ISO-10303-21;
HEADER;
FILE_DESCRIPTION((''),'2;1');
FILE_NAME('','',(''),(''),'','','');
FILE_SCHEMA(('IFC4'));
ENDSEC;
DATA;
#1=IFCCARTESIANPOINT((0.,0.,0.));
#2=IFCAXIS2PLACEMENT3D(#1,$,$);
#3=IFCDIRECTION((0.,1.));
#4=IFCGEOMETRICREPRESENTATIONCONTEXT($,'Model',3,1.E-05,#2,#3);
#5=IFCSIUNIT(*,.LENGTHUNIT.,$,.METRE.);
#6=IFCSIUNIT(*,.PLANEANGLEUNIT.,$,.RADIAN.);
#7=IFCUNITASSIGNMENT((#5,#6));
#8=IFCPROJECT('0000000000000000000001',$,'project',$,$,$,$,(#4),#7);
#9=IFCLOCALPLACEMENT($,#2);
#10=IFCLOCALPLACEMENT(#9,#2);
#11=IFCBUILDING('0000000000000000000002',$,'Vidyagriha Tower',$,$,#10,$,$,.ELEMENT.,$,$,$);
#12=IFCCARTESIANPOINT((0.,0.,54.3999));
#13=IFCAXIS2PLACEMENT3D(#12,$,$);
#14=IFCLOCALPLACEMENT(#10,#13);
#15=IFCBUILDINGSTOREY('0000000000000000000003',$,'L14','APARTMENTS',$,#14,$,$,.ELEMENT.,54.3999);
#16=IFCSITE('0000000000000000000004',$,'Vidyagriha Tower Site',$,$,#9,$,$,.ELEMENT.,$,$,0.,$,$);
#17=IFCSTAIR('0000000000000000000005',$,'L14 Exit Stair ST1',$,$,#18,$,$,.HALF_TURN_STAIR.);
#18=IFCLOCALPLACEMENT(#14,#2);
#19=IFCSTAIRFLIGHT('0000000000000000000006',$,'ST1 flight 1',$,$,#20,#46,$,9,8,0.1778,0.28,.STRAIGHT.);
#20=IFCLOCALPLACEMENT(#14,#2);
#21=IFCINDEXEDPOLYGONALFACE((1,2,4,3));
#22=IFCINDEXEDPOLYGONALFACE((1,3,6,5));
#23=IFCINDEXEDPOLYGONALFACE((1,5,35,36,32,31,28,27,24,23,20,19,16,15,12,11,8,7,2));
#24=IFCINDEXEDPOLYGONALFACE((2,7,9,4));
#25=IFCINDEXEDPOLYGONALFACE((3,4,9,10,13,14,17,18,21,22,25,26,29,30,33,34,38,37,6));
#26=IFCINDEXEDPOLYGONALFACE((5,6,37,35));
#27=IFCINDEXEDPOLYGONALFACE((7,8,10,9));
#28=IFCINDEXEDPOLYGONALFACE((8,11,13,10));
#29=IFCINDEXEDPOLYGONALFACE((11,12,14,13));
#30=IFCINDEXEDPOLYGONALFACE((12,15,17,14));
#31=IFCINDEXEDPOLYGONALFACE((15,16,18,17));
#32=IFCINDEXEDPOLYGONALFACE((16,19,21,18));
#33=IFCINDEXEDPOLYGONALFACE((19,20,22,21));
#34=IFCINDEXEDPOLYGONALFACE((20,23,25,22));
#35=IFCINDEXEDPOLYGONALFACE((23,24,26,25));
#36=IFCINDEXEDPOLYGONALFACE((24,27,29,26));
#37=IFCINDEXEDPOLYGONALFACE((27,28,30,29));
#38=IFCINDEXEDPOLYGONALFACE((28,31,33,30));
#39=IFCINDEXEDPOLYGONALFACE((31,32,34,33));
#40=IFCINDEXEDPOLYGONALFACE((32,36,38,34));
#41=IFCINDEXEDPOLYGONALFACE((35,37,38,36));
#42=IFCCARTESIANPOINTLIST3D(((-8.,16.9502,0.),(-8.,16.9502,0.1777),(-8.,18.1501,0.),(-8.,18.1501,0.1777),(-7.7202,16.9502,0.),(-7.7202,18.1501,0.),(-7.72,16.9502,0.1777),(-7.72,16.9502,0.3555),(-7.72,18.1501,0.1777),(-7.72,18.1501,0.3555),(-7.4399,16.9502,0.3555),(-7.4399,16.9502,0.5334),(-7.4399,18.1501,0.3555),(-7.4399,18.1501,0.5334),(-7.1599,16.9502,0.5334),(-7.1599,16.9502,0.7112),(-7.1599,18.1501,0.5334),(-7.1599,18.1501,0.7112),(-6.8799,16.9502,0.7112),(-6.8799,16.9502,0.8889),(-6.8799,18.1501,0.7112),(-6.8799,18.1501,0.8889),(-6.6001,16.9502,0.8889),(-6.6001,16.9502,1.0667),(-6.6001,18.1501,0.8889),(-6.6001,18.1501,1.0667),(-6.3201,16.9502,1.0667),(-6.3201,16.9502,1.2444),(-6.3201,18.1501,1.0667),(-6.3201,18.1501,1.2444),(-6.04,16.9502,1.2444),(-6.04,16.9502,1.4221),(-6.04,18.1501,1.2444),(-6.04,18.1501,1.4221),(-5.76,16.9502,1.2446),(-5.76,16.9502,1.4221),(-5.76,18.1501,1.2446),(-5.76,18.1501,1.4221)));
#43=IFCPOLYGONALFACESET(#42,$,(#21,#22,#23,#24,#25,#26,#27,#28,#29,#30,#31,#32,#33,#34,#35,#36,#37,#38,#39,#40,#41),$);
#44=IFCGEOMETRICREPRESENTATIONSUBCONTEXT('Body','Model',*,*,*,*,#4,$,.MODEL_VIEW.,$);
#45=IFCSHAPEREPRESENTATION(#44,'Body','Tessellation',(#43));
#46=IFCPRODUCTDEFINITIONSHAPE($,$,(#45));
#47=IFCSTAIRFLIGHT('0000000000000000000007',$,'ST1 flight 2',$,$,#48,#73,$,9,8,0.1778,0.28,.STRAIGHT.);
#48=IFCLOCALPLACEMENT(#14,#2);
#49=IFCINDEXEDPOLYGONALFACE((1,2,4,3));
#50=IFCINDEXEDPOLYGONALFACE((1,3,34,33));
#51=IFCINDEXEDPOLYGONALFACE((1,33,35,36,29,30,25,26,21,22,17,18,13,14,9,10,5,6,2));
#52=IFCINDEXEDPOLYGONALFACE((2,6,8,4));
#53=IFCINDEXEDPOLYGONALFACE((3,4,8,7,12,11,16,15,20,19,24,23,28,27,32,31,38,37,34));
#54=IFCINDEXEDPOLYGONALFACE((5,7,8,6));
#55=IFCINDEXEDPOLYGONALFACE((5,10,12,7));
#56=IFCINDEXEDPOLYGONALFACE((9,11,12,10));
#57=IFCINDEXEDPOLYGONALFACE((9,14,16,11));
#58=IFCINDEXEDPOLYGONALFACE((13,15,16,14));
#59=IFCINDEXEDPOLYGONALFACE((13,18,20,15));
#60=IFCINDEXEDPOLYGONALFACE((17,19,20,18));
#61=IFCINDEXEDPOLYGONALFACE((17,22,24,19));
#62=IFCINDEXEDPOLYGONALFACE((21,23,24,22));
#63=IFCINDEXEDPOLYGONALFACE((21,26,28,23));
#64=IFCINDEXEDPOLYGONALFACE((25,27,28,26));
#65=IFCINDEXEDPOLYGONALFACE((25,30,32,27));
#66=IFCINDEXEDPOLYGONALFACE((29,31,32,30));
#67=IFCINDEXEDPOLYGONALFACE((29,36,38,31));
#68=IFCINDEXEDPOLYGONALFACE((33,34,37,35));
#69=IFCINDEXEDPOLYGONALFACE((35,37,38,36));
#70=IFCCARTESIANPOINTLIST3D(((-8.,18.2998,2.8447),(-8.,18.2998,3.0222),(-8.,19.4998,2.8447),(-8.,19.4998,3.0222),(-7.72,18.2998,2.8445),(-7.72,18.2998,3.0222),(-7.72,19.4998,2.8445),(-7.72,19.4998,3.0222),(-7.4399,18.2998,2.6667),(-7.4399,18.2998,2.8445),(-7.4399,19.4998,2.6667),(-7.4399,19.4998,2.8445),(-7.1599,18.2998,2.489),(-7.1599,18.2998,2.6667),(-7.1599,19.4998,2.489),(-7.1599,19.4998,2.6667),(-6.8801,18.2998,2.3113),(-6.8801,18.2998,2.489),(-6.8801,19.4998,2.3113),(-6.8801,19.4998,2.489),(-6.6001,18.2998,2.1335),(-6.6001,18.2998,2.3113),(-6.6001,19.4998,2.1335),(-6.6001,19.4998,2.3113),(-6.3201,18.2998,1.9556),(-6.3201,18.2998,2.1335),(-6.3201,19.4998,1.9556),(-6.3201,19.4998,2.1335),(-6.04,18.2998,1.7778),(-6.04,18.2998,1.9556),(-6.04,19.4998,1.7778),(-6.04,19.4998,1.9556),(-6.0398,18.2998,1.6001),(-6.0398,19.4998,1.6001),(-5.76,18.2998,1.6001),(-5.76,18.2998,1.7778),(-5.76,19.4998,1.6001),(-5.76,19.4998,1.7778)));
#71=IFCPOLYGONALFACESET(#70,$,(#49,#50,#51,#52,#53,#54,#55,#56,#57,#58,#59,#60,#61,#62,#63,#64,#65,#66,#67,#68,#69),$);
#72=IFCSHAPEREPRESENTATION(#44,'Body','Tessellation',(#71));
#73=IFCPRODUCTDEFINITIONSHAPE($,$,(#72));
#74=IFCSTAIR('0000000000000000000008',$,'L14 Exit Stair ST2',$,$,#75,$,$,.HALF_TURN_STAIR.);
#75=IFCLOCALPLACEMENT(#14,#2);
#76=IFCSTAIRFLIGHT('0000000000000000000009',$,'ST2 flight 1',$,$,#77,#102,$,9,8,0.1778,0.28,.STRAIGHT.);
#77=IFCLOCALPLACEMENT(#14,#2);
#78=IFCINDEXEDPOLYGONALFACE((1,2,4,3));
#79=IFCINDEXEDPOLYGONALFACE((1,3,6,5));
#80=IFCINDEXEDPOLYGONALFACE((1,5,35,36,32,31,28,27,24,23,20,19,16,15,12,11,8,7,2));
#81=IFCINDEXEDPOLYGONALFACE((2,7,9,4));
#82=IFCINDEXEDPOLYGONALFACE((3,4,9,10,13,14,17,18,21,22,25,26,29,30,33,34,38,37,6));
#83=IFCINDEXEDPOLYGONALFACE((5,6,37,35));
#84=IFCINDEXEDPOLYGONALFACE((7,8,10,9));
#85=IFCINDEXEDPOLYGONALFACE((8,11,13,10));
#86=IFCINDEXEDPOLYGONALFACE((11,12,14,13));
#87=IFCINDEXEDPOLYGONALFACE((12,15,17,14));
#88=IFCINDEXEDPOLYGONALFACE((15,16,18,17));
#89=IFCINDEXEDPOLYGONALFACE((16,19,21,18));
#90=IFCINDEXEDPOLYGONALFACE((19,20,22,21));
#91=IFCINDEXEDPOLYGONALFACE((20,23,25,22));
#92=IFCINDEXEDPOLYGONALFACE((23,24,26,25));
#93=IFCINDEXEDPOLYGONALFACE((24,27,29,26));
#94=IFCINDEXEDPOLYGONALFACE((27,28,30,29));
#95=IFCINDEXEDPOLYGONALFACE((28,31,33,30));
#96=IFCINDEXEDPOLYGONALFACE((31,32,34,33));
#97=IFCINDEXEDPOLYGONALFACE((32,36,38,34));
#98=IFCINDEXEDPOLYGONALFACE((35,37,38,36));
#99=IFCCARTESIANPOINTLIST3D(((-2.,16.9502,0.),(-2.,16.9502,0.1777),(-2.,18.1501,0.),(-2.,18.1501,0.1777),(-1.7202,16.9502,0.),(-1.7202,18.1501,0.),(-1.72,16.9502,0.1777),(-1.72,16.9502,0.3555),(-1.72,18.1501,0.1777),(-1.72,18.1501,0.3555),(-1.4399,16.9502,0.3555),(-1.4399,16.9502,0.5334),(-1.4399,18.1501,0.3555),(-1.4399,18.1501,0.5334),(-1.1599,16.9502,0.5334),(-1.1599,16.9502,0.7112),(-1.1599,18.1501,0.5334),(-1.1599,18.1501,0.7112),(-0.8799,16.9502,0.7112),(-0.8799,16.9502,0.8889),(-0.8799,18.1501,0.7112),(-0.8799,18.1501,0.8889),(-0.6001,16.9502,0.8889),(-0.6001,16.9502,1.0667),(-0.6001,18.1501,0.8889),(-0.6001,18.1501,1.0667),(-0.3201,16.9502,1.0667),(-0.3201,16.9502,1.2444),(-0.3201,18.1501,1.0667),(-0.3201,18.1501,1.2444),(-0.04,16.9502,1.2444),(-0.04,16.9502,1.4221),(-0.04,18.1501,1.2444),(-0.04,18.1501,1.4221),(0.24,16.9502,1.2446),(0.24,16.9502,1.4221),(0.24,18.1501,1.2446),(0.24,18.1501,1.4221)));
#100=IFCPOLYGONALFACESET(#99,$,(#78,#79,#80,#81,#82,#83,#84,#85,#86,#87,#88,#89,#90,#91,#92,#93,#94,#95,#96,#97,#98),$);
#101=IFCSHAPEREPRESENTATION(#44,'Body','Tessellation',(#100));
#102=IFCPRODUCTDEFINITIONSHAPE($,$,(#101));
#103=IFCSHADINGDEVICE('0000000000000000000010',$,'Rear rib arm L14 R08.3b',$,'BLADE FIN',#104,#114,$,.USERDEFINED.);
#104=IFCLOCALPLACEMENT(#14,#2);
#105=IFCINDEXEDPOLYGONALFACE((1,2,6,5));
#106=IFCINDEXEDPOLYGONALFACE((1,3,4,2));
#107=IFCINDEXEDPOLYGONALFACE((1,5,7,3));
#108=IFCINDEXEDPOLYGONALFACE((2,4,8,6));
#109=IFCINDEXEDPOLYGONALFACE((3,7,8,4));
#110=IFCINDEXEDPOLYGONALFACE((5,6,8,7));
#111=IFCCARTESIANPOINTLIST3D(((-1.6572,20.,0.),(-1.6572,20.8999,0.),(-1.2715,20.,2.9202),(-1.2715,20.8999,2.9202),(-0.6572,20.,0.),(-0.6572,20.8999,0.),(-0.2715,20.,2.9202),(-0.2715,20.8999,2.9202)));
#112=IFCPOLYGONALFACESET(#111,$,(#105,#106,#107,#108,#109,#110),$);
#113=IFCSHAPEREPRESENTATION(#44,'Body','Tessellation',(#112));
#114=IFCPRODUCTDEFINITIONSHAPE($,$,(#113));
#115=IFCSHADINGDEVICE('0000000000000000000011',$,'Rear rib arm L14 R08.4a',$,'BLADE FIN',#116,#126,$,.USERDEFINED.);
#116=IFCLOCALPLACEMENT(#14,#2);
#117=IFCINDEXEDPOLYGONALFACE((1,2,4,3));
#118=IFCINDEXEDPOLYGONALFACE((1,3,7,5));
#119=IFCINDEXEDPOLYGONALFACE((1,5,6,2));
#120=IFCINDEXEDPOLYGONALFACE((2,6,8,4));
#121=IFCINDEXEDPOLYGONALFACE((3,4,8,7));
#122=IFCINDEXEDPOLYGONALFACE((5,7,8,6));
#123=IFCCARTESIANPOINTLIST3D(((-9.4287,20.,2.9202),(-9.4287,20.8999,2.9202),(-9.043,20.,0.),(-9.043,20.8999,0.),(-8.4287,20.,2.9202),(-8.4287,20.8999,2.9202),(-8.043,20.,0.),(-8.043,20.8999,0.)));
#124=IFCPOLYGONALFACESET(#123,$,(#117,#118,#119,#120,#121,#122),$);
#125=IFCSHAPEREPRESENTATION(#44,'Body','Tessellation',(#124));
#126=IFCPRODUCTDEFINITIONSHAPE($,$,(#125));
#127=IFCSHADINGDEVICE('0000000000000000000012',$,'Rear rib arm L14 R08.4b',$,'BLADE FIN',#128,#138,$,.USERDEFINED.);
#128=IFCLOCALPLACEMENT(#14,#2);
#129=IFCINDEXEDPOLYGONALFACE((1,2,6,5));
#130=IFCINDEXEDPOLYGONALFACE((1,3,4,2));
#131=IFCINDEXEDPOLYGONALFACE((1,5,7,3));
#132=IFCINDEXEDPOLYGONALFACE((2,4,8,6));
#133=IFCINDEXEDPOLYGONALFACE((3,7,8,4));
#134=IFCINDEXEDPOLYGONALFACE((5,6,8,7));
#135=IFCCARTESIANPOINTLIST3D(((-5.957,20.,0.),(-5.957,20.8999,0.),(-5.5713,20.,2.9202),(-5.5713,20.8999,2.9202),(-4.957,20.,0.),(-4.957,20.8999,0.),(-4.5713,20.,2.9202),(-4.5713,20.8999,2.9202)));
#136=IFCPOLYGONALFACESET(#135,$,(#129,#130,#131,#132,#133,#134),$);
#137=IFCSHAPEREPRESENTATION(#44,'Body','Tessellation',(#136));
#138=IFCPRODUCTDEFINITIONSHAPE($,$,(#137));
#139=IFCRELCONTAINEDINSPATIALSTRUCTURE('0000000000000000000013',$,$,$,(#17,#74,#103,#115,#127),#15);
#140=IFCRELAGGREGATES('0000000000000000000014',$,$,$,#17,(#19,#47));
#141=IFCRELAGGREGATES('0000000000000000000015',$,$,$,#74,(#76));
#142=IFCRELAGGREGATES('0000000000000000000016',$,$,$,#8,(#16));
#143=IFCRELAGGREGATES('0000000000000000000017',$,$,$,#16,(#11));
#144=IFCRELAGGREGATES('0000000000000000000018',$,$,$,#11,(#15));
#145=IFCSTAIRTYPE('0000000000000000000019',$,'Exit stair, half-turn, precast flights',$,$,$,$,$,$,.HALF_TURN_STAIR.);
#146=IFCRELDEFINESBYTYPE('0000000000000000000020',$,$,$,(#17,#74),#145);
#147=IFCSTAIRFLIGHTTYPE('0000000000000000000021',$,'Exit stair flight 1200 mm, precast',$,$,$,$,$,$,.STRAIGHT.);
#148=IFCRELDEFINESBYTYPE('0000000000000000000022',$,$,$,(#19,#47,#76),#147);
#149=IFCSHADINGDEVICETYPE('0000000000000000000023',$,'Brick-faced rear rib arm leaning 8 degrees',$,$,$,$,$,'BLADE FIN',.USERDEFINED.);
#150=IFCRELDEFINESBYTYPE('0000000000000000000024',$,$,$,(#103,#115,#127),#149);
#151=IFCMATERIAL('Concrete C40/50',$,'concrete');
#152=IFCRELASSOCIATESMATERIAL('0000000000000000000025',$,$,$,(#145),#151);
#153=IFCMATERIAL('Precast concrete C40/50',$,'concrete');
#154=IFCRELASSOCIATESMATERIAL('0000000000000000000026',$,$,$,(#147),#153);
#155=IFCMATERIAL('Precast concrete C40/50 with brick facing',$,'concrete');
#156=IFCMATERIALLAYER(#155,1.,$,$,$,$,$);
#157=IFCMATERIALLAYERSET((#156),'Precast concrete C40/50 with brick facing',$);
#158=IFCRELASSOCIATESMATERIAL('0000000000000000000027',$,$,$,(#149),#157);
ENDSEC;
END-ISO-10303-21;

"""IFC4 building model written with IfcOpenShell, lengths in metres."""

from ifc_helpers import new_model, si_unit, direction, frame, origin, place, context, subcontext, project, spatial, polyline, outline, extrude, material, layer, layer_set, type_object, element, aggregate, save


model = new_model("IFC4")

# Units and contexts
model_context = context("Model", 3, precision=1e-05, world=origin(), true_north=direction((0.0, 1.0)))
body_context = subcontext(model_context, "Body", "Model", "MODEL_VIEW")
ifc_project = project(units=[si_unit("LENGTHUNIT", "METRE"), si_unit("PLANEANGLEUNIT", "RADIAN")], contexts=[model_context])

# Site, building, storey
site_placement = place(None, origin())
site = spatial("IfcSite", under=ifc_project, at=site_placement, Name="Vidyagriha Tower Site", CompositionType="ELEMENT", RefElevation=0.0)
building_placement = place(site_placement, origin())
building = spatial("IfcBuilding", under=site, at=building_placement, Name="Vidyagriha Tower", CompositionType="ELEMENT")
storey_placement = place(building_placement, frame((0.0, 0.0, 54.3999)))
storey = spatial("IfcBuildingStorey", under=building, at=storey_placement, Name="L14", Description="APARTMENTS", CompositionType="ELEMENT", Elevation=54.3999)

# Stair, stair flights
ifc_material_1 = material(Name="Concrete C40/50", Category="concrete")
stair_type = type_object("IfcStairType", Name="Exit stair, half-turn, precast flights", PredefinedType="HALF_TURN_STAIR", material=ifc_material_1)
stair_1_placement = place(storey_placement, origin())
stair_1 = element("IfcStair", 1, at=stair_1_placement, inside=storey, type_object=stair_type, Name="L14 Exit Stair ST1", PredefinedType="HALF_TURN_STAIR")
ifc_material_2 = material(Name="Precast concrete C40/50", Category="concrete")
stair_flight_type = type_object("IfcStairFlightType", Name="Exit stair flight 1200 mm, precast", PredefinedType="STRAIGHT", material=ifc_material_2)
stair_flight_1_placement = place(storey_placement, frame((-8.0, 17.55, 0.0)))
stair_flight_1 = element("IfcStairFlight", 2, at=stair_flight_1_placement, type_object=stair_flight_type, Name="ST1 flight 1", NumberOfRisers=9, NumberOfTreads=8, PredefinedType="STRAIGHT", RiserHeight=0.1778, TreadLength=0.28, context=body_context, shape_type="SweptSolid", body=[
    extrude(outline(polyline([(0.0, 0.0), (0.0, 0.1777), (0.28, 0.1777), (0.28, 0.3555), (0.5601, 0.3555), (0.5601, 0.5334), (0.8401, 0.5334), (0.8401, 0.7112), (1.1201, 0.7112), (1.1201, 0.8889), (1.3999, 0.8889), (1.3999, 1.0667), (1.6799, 1.0667), (1.6799, 1.2444), (1.96, 1.2444), (1.96, 1.4221), (2.24, 1.4221), (2.24, 1.6001), (2.24, 1.2446), (0.2798, 0.0), (0.0, 0.0)])), frame((0.0, 0.6001, 0.0), z_axis=(0.0, -1.0, 0.0), x_axis=(1.0, 0.0, 0.0)), (0.0, 0.0, 1.0), 1.2),
])
stair_flight_2_placement = place(storey_placement, frame((-5.76, 18.8999, 1.6001), z_axis=(0.0, 0.0, 1.0), x_axis=(-1.0, 0.0, 0.0)))
stair_flight_2 = element("IfcStairFlight", 3, at=stair_flight_2_placement, type_object=stair_flight_type, Name="ST1 flight 2", NumberOfRisers=9, NumberOfTreads=8, PredefinedType="STRAIGHT", RiserHeight=0.1778, TreadLength=0.28, context=body_context, shape_type="SweptSolid", body=[
    extrude(outline(polyline([(0.0, 0.0), (0.0, 0.1777), (0.28, 0.1777), (0.28, 0.3555), (0.5601, 0.3555), (0.5601, 0.5334), (0.8401, 0.5334), (0.8401, 0.7112), (1.1201, 0.7112), (1.1201, 0.8889), (1.3999, 0.8889), (1.3999, 1.0667), (1.6799, 1.0667), (1.6799, 1.2444), (1.96, 1.2444), (1.96, 1.4221), (2.24, 1.4221), (2.24, 1.6001), (2.24, 1.2446), (0.2798, 0.0), (0.0, 0.0)])), frame((0.0, 0.6001, 0.0), z_axis=(0.0, -1.0, 0.0), x_axis=(1.0, 0.0, 0.0)), (0.0, 0.0, 1.0), 1.2),
])
aggregate(stair_1, [stair_flight_1, stair_flight_2])

# Stair, stair flight
stair_2_placement = place(storey_placement, origin())
stair_2 = element("IfcStair", 4, at=stair_2_placement, inside=storey, type_object=stair_type, Name="L14 Exit Stair ST2", PredefinedType="HALF_TURN_STAIR")
stair_flight_3_placement = place(storey_placement, frame((-2.0, 17.55, 0.0)))
stair_flight_3 = element("IfcStairFlight", 5, at=stair_flight_3_placement, type_object=stair_flight_type, Name="ST2 flight 1", NumberOfRisers=9, NumberOfTreads=8, PredefinedType="STRAIGHT", RiserHeight=0.1778, TreadLength=0.28, context=body_context, shape_type="SweptSolid", body=[
    extrude(outline(polyline([(0.0, 0.0), (0.0, 0.1777), (0.28, 0.1777), (0.28, 0.3555), (0.5601, 0.3555), (0.5601, 0.5334), (0.8401, 0.5334), (0.8401, 0.7112), (1.1201, 0.7112), (1.1201, 0.8889), (1.3999, 0.8889), (1.3999, 1.0667), (1.6799, 1.0667), (1.6799, 1.2444), (1.96, 1.2444), (1.96, 1.4221), (2.24, 1.4221), (2.24, 1.6001), (2.24, 1.2446), (0.2798, 0.0), (0.0, 0.0)])), frame((0.0, 0.6001, 0.0), z_axis=(0.0, -1.0, 0.0), x_axis=(1.0, 0.0, 0.0)), (0.0, 0.0, 1.0), 1.2),
])
aggregate(stair_2, [stair_flight_3])

# Shading devices
ifc_material_3 = material(Name="Precast concrete C40/50 with brick facing", Category="concrete")
ifc_layer = layer(ifc_material_3, 1.0)
ifc_layer_set = layer_set([ifc_layer], Name="Precast concrete C40/50 with brick facing")
shading_device_type = type_object("IfcShadingDeviceType", Name="Brick-faced rear rib arm leaning 8 degrees", ElementType="BLADE FIN", PredefinedType="USERDEFINED", material=ifc_layer_set)
shading_device_1_placement = place(storey_placement, frame((-0.2715, 20.45, 0.0), z_axis=(0.0, 0.0, 1.0), x_axis=(-1.0, 0.0, 0.0)))
element("IfcShadingDevice", 6, at=shading_device_1_placement, inside=storey, type_object=shading_device_type, Name="Rear rib arm L14 R08.3b", ObjectType="BLADE FIN", PredefinedType="USERDEFINED", context=body_context, shape_type="SweptSolid", body=[
    extrude(outline(polyline([(0.3857, 0.0), (1.3857, 0.0), (1.0, 2.9202), (0.0, 2.9202), (0.3857, 0.0)])), frame((0.0, 0.45, 0.0), z_axis=(0.0, -1.0, 0.0), x_axis=(1.0, 0.0, 0.0)), (0.0, 0.0, 1.0), 0.8999),
])
shading_device_2_placement = place(storey_placement, frame((-8.043, 20.45, 0.0), z_axis=(0.0, 0.0, 1.0), x_axis=(-1.0, 0.0, 0.0)))
element("IfcShadingDevice", 7, at=shading_device_2_placement, inside=storey, type_object=shading_device_type, Name="Rear rib arm L14 R08.4a", ObjectType="BLADE FIN", PredefinedType="USERDEFINED", context=body_context, shape_type="SweptSolid", body=[
    extrude(outline(polyline([(0.0, 0.0), (1.0, 0.0), (1.3857, 2.9202), (0.3857, 2.9202), (0.0, 0.0)])), frame((0.0, 0.45, 0.0), z_axis=(0.0, -1.0, 0.0), x_axis=(1.0, 0.0, 0.0)), (0.0, 0.0, 1.0), 0.8999),
])
shading_device_3_placement = place(storey_placement, frame((-4.5713, 20.45, 0.0), z_axis=(0.0, 0.0, 1.0), x_axis=(-1.0, 0.0, 0.0)))
element("IfcShadingDevice", 8, at=shading_device_3_placement, inside=storey, type_object=shading_device_type, Name="Rear rib arm L14 R08.4b", ObjectType="BLADE FIN", PredefinedType="USERDEFINED", context=body_context, shape_type="SweptSolid", body=[
    extrude(outline(polyline([(0.3857, 0.0), (1.3857, 0.0), (1.0, 2.9202), (0.0, 2.9202), (0.3857, 0.0)])), frame((0.0, 0.45, 0.0), z_axis=(0.0, -1.0, 0.0), x_axis=(1.0, 0.0, 0.0)), (0.0, 0.0, 1.0), 0.8999),
])

save(model, "model.ifc")
